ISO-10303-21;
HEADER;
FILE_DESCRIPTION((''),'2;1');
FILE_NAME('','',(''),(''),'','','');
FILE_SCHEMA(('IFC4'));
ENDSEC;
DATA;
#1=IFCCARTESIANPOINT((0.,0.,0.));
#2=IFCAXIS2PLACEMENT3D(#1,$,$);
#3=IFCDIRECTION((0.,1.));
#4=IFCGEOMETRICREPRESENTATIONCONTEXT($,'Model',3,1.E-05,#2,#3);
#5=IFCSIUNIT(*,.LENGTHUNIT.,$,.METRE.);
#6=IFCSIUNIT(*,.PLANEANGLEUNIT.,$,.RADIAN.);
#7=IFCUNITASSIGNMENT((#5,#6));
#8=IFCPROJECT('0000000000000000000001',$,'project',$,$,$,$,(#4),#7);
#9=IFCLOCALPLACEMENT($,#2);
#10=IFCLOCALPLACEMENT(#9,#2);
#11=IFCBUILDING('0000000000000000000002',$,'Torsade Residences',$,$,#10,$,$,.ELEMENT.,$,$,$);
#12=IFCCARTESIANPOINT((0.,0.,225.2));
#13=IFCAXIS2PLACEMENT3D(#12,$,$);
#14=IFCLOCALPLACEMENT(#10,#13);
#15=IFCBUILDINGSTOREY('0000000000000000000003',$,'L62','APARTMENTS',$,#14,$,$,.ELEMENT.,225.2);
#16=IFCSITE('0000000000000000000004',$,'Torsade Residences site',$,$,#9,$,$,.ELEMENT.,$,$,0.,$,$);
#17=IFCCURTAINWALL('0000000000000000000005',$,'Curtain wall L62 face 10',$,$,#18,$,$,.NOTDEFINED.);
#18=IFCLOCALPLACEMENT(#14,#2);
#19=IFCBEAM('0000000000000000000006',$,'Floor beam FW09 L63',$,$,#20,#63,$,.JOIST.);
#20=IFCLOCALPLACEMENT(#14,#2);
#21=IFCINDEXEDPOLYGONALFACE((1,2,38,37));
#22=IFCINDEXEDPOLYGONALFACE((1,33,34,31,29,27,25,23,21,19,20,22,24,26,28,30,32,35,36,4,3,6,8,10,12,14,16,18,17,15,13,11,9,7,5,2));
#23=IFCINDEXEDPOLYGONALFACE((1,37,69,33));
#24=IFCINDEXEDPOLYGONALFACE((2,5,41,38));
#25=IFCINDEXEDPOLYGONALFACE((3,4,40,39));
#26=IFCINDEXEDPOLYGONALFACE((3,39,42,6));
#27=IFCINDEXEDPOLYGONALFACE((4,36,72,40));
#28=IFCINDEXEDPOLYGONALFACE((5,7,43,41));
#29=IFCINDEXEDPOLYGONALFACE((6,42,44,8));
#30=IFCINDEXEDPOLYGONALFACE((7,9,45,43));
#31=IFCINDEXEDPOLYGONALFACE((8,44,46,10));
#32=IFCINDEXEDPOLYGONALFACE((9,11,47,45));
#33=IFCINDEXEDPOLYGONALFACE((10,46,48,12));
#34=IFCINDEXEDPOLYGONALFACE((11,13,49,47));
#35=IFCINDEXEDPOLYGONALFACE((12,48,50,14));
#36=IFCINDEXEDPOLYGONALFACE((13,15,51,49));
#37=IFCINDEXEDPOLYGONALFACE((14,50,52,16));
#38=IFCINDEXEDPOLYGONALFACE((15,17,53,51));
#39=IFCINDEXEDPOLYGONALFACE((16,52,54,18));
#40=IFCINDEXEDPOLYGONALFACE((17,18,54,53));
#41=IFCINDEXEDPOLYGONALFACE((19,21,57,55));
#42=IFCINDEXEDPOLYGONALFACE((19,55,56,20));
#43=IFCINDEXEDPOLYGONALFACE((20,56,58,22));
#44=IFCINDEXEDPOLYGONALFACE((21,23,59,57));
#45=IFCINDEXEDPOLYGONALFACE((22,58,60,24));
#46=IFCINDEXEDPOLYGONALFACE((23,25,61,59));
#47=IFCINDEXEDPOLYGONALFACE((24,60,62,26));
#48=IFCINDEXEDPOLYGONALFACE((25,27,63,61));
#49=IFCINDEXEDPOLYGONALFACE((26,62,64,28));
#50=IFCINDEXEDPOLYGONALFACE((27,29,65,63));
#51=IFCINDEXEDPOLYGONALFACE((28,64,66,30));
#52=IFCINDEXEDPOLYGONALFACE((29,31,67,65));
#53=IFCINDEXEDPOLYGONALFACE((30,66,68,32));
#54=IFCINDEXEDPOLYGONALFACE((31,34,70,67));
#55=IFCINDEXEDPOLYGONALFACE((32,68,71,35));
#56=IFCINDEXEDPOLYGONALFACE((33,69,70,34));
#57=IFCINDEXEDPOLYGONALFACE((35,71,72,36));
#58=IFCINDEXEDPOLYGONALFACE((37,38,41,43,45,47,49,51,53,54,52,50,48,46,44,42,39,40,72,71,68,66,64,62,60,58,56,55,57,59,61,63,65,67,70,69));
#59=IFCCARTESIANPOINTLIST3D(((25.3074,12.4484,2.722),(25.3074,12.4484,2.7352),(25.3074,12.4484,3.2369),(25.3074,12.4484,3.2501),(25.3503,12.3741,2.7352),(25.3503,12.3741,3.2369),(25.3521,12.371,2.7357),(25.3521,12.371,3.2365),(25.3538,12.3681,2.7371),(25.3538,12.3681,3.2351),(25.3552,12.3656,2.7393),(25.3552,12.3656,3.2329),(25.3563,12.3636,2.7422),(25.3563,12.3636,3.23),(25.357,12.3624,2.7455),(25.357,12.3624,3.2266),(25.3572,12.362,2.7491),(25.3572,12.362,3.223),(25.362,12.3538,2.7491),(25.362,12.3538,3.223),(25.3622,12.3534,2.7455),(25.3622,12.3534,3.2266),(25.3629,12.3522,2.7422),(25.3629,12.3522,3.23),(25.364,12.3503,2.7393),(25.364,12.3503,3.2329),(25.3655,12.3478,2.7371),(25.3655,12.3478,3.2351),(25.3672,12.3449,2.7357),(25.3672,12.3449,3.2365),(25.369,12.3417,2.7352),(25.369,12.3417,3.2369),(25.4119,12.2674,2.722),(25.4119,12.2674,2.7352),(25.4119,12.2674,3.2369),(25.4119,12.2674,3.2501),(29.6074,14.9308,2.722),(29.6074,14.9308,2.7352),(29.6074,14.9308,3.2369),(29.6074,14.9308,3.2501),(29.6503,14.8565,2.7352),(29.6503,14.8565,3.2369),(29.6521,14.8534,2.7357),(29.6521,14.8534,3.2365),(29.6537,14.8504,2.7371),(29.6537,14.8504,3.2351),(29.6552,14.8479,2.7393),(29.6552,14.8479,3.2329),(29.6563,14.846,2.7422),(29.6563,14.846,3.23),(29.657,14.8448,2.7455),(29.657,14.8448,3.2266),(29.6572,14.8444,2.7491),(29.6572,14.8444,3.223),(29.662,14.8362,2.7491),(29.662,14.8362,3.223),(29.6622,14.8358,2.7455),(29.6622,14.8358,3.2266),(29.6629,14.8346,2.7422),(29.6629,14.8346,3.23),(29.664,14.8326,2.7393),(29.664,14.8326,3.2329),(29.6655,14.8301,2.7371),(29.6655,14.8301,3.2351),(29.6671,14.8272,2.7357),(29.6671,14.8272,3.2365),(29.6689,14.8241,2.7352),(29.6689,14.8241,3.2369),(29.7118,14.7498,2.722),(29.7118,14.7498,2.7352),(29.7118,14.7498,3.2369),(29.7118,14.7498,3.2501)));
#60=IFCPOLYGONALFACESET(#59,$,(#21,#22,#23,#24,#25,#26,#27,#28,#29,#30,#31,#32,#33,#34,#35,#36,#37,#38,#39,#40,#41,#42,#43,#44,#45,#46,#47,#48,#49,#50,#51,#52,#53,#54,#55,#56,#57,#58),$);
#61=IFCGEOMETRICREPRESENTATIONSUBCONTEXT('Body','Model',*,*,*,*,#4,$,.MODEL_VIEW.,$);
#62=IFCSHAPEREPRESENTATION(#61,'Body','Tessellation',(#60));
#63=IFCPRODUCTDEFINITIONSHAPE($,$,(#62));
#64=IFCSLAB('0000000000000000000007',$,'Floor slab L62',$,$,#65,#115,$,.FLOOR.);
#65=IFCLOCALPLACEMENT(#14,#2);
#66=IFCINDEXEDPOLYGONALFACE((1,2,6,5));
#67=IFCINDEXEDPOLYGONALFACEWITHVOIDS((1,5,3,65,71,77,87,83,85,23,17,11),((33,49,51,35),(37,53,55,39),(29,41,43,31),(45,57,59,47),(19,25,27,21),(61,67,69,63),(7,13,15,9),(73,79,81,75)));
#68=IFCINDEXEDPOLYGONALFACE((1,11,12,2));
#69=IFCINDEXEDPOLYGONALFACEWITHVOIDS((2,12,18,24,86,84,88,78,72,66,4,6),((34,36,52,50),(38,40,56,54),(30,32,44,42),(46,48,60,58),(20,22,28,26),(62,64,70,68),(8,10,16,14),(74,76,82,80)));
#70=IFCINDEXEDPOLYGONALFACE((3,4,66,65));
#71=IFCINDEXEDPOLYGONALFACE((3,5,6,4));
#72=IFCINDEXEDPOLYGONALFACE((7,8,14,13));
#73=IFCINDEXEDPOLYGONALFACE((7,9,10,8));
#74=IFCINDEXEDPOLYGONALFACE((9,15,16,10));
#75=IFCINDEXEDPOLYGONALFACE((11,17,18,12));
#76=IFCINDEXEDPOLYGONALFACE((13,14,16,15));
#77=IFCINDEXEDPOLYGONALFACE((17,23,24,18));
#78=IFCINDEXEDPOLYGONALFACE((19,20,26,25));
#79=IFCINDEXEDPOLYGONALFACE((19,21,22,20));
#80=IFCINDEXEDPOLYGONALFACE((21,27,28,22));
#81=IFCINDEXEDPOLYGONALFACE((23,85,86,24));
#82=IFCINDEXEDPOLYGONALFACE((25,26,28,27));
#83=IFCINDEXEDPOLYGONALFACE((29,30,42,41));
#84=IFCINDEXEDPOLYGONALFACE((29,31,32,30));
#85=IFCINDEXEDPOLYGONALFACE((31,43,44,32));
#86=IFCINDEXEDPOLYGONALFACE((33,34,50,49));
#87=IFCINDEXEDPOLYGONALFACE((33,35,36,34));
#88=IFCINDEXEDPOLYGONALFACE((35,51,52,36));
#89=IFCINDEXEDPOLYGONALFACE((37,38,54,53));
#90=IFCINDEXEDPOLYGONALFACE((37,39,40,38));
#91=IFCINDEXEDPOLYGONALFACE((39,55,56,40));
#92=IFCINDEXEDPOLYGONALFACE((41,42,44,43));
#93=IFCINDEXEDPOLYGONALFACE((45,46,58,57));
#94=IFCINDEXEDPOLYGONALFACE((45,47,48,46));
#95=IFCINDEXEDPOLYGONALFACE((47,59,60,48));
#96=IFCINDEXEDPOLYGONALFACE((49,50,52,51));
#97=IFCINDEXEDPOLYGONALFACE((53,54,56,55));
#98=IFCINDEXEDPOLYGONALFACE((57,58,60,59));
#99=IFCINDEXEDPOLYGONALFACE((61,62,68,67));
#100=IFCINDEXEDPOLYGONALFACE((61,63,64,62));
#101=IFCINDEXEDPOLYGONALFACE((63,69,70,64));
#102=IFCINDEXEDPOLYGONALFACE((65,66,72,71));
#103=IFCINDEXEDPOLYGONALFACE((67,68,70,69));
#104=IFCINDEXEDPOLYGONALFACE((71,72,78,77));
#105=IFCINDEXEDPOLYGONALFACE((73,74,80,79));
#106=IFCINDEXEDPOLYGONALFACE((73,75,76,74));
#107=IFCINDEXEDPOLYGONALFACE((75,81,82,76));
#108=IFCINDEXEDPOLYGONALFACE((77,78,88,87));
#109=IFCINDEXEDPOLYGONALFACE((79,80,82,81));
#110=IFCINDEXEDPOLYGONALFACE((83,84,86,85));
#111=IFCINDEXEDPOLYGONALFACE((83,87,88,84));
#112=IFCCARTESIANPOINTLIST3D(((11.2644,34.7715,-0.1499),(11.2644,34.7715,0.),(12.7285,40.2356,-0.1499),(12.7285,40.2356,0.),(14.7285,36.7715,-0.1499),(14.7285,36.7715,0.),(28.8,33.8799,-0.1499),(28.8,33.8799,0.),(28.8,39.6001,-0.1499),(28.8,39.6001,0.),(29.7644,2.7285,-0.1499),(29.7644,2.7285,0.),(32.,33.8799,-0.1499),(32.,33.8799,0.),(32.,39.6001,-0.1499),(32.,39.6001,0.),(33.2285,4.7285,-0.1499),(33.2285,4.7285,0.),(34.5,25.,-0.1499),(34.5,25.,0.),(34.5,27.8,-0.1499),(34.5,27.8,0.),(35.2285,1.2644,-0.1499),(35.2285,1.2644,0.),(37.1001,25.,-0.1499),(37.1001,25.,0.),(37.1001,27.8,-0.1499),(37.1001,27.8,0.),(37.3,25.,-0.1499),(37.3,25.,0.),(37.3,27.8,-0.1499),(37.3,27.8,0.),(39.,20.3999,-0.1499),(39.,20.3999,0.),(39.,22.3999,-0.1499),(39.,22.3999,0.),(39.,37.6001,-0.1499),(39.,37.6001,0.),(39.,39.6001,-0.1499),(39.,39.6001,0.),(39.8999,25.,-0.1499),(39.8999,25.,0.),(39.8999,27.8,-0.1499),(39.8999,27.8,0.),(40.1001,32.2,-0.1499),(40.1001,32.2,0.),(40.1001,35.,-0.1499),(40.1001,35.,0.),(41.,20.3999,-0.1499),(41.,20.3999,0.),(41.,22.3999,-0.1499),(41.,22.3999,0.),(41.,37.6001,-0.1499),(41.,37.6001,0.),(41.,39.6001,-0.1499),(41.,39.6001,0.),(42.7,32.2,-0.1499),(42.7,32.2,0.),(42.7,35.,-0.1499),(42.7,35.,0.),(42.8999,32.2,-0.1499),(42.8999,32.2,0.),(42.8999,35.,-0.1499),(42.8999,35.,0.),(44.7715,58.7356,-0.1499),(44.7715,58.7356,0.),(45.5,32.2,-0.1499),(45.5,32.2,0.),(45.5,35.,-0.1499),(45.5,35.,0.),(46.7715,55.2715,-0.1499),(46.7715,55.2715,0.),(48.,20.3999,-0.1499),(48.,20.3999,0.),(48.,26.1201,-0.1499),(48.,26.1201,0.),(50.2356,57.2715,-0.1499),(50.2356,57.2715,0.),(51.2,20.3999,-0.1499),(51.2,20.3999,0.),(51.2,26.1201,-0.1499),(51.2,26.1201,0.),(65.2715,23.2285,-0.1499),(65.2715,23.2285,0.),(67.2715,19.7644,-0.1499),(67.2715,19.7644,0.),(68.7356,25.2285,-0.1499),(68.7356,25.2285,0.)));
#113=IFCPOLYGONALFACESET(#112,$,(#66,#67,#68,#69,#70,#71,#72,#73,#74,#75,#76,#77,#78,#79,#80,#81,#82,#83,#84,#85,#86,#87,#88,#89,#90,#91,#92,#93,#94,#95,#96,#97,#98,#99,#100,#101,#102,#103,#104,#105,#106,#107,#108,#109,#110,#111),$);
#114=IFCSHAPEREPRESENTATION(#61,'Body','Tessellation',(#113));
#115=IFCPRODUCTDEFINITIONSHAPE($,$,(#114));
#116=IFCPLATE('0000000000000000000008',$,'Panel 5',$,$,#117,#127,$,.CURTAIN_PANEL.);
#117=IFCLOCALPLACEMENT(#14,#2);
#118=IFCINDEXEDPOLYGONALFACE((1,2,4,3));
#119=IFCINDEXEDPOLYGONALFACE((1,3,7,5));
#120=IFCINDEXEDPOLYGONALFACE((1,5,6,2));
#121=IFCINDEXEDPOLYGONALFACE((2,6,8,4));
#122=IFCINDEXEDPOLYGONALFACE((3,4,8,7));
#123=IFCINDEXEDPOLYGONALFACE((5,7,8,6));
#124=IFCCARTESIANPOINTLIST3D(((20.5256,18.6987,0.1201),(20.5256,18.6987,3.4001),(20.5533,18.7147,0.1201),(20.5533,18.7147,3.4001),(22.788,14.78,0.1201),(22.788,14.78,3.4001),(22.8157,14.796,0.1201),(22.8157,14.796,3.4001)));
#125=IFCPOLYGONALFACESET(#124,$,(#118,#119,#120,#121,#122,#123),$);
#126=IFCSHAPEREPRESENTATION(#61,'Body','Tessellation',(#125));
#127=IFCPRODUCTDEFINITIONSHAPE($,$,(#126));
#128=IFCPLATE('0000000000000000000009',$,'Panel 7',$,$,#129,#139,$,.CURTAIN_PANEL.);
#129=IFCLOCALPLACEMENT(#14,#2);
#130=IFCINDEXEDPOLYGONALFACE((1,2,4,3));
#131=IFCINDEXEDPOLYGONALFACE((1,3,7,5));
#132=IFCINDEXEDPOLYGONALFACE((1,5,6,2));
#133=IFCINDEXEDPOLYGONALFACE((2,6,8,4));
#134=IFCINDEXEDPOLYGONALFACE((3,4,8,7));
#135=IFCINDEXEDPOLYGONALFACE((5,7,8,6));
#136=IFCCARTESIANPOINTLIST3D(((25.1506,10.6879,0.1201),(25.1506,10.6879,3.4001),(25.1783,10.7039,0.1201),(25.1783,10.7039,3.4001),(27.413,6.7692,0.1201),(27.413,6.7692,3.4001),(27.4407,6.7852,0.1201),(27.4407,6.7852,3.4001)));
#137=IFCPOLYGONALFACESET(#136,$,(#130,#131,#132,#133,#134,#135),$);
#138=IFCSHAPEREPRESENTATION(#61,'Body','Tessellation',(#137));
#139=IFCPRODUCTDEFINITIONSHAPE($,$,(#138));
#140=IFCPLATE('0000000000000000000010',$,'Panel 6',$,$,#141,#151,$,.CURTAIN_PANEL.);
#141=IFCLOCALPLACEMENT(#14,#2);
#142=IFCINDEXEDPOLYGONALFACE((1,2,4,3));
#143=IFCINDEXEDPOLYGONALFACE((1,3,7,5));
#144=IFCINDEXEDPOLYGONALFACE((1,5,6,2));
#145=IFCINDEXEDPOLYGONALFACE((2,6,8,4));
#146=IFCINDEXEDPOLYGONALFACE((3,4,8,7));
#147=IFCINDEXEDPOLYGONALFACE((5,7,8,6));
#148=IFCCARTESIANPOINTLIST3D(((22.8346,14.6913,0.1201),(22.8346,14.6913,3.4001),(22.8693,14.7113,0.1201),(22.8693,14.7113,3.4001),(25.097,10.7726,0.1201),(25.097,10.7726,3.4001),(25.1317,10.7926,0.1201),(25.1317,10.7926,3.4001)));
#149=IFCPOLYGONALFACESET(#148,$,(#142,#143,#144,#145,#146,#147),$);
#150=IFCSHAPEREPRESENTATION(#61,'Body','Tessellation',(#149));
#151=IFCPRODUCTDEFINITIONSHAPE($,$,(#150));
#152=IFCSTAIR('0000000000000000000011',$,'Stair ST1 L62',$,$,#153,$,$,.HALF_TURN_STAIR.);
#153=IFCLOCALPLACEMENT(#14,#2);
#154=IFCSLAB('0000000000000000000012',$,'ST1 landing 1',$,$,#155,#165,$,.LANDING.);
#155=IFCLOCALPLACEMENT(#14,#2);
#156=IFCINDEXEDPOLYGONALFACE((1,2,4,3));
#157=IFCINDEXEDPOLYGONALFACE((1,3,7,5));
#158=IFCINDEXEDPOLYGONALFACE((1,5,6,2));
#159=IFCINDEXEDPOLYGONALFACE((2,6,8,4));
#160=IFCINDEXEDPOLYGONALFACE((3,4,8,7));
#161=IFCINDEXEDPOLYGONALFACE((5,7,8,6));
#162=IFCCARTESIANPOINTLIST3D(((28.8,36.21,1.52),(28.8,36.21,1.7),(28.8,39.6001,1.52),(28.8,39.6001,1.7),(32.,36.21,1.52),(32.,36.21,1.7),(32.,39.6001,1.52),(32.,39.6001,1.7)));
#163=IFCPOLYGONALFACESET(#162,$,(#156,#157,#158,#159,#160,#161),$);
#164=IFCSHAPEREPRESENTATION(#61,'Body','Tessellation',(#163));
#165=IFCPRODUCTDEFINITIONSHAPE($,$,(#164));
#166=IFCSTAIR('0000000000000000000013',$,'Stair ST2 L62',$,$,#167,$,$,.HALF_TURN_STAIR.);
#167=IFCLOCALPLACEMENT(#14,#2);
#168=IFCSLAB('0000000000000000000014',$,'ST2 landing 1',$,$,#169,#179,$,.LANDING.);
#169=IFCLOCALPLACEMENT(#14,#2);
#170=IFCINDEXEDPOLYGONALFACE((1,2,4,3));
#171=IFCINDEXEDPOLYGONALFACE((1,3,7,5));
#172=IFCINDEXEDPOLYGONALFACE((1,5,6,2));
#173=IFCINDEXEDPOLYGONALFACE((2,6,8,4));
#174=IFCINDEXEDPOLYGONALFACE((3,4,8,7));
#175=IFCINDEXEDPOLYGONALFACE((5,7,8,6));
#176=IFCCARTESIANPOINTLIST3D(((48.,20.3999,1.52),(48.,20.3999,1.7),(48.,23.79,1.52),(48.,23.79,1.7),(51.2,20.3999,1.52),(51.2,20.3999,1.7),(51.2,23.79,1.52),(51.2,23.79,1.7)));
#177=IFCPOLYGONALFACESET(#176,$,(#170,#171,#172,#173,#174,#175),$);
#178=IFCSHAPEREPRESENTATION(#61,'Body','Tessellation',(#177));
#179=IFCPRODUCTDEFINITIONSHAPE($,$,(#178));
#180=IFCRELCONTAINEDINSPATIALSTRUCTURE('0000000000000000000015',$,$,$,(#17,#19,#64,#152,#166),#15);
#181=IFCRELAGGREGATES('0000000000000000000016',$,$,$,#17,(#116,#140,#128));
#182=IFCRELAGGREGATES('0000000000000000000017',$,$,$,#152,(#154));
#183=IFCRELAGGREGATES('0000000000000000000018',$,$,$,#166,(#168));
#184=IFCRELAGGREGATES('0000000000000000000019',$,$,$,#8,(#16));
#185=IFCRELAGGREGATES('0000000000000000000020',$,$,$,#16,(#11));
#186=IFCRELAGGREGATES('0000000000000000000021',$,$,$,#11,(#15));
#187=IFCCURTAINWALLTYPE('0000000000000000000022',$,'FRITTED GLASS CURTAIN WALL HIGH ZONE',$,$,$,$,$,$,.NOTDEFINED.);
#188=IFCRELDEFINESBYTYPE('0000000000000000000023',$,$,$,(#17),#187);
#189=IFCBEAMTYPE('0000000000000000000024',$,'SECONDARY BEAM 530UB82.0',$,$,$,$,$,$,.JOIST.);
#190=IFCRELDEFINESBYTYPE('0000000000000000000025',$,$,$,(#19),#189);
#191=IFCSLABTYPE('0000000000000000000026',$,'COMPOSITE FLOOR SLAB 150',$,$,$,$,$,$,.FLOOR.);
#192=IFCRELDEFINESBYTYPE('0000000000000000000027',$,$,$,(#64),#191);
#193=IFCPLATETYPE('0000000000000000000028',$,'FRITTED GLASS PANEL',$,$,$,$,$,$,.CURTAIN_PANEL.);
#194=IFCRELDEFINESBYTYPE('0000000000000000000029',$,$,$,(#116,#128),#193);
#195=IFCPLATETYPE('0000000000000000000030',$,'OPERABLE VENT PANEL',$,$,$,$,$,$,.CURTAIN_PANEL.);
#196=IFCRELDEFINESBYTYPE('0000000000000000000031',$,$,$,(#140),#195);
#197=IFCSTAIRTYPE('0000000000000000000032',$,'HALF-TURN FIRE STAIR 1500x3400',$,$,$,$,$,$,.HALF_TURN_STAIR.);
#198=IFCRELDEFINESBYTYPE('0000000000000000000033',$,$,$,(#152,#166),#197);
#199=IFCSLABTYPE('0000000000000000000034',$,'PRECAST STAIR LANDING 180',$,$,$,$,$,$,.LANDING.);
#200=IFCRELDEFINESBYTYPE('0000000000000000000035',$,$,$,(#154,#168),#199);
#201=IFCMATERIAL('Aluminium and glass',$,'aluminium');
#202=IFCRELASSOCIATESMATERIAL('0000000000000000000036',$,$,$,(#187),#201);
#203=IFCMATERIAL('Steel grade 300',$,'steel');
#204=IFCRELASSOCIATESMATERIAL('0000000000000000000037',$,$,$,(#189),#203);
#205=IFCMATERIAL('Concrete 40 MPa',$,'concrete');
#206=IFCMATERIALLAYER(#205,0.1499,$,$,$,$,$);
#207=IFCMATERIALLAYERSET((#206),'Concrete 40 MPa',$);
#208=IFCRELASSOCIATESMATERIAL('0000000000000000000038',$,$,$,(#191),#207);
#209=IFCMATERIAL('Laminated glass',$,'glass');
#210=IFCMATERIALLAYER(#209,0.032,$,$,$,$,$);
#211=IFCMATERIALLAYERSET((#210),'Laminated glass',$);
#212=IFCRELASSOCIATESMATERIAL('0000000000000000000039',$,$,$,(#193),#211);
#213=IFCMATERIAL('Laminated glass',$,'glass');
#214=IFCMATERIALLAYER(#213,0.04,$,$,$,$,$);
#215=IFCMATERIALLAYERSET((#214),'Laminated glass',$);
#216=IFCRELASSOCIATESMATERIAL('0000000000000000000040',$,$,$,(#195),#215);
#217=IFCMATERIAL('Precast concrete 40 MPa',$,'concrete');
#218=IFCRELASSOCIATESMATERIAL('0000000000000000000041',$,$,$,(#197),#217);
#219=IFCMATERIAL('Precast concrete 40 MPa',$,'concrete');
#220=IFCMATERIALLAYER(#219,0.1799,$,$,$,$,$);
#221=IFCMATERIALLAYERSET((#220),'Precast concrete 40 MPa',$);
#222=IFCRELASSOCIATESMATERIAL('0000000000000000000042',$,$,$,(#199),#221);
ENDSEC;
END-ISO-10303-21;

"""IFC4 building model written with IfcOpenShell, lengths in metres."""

from ifc_helpers import new_model, si_unit, direction, frame, origin, origin_2d, place, context, subcontext, project, spatial, polyline, rectangle, i_section, outline, extrude, material, layer, layer_set, material_profile, profile_set, type_object, element, aggregate, save


model = new_model("IFC4")

# Units and contexts
model_context = context("Model", 3, precision=1e-05, world=origin(), true_north=direction((0.0, 1.0)))
body_context = subcontext(model_context, "Body", "Model", "MODEL_VIEW")
ifc_project = project(units=[si_unit("LENGTHUNIT", "METRE"), si_unit("PLANEANGLEUNIT", "RADIAN")], contexts=[model_context])

# Site, building, storey
site_placement = place(None, origin())
site = spatial("IfcSite", under=ifc_project, at=site_placement, Name="Torsade Residences site", CompositionType="ELEMENT", RefElevation=0.0)
building_placement = place(site_placement, origin())
building = spatial("IfcBuilding", under=site, at=building_placement, Name="Torsade Residences", CompositionType="ELEMENT")
storey_placement = place(building_placement, frame((0.0, 0.0, 225.2)))
storey = spatial("IfcBuildingStorey", under=building, at=storey_placement, Name="L62", Description="APARTMENTS", CompositionType="ELEMENT", Elevation=225.2)

# Curtain wall
ifc_material_1 = material(Name="Aluminium and glass", Category="aluminium")
curtain_wall_type = type_object("IfcCurtainWallType", Name="FRITTED GLASS CURTAIN WALL HIGH ZONE", PredefinedType="NOTDEFINED", material=ifc_material_1)
curtain_wall_placement = place(storey_placement, origin())
curtain_wall = element("IfcCurtainWall", 1, at=curtain_wall_placement, inside=storey, type_object=curtain_wall_type, Name="Curtain wall L62 face 10", PredefinedType="NOTDEFINED")

# Beam
ifc_material_2 = material(Name="Steel grade 300", Category="steel")
ifc_material_profile_1 = material_profile(ifc_material_2, i_section(OverallWidth=0.209, OverallDepth=0.5281, WebThickness=0.0095, FlangeThickness=0.0132, FilletRadius=0.0139, at=origin_2d()), Name="530UB82.0")
ifc_profile_set_1 = profile_set([ifc_material_profile_1], Name="Steel grade 300")
beam_type = type_object("IfcBeamType", Name="SECONDARY BEAM 530UB82.0", PredefinedType="JOIST", material=ifc_profile_set_1)
beam_1_placement = place(storey_placement, frame((25.3596, 12.3579, 2.9861), z_axis=(0.866044, 0.499968, 0.0), x_axis=(-0.499968, 0.866044, 0.0)))
element("IfcBeam", 2, at=beam_1_placement, inside=storey, type_object=beam_type, Name="Floor beam FW09 L63", PredefinedType="JOIST", context=body_context, shape_type="SweptSolid", body=[
    extrude(i_section(OverallWidth=0.209, OverallDepth=0.5281, WebThickness=0.0095, FlangeThickness=0.0132, FilletRadius=0.0139, at=origin_2d()), origin(), (0.0, 0.0, 1.0), 4.9651),
])

# Slab
ifc_material_3 = material(Name="Concrete 40 MPa", Category="concrete")
ifc_layer_1 = layer(ifc_material_3, 0.1499)
ifc_layer_set_1 = layer_set([ifc_layer_1], Name="Concrete 40 MPa")
slab_type_1 = type_object("IfcSlabType", Name="COMPOSITE FLOOR SLAB 150", PredefinedType="FLOOR", material=ifc_layer_set_1)
slab_1_placement = place(storey_placement, frame((0.0, 0.0, -0.1499)))
element("IfcSlab", 3, at=slab_1_placement, inside=storey, type_object=slab_type_1, Name="Floor slab L62", PredefinedType="FLOOR", context=body_context, shape_type="SweptSolid", body=[
    extrude(outline(polyline([(35.2285, 1.2644), (67.2715, 19.7644), (65.2715, 23.2285), (68.7356, 25.2285), (50.2356, 57.2715), (46.7715, 55.2715), (44.7715, 58.7356), (12.7285, 40.2356), (14.7285, 36.7715), (11.2644, 34.7715), (29.7644, 2.7285), (33.2285, 4.7285), (35.2285, 1.2644)]), holes=[polyline([(51.2, 26.1201), (48.0, 26.1201), (48.0, 20.3999), (51.2, 20.3999), (51.2, 26.1201)]), polyline([(45.5, 35.0), (42.8999, 35.0), (42.8999, 32.2), (45.5, 32.2), (45.5, 35.0)]), polyline([(42.7, 35.0), (40.1001, 35.0), (40.1001, 32.2), (42.7, 32.2), (42.7, 35.0)]), polyline([(41.0, 22.3999), (39.0, 22.3999), (39.0, 20.3999), (41.0, 20.3999), (41.0, 22.3999)]), polyline([(41.0, 39.6001), (39.0, 39.6001), (39.0, 37.6001), (41.0, 37.6001), (41.0, 39.6001)]), polyline([(39.8999, 27.8), (37.3, 27.8), (37.3, 25.0), (39.8999, 25.0), (39.8999, 27.8)]), polyline([(37.1001, 27.8), (34.5, 27.8), (34.5, 25.0), (37.1001, 25.0), (37.1001, 27.8)]), polyline([(32.0, 39.6001), (28.8, 39.6001), (28.8, 33.8799), (32.0, 33.8799), (32.0, 39.6001)])]), origin(), (0.0, 0.0, 1.0), 0.1499),
])

# Plates
ifc_material_4 = material(Name="Laminated glass", Category="glass")
ifc_layer_2 = layer(ifc_material_4, 0.032)
ifc_layer_set_2 = layer_set([ifc_layer_2], Name="Laminated glass")
plate_type_1 = type_object("IfcPlateType", Name="FRITTED GLASS PANEL", PredefinedType="CURTAIN_PANEL", material=ifc_layer_set_2)
plate_1_placement = place(storey_placement, frame((21.6707, 16.7473, 0.1201), z_axis=(0.0, 0.0, 1.0), x_axis=(0.5, -0.866025, 0.0)))
plate_1 = element("IfcPlate", 4, at=plate_1_placement, type_object=plate_type_1, Name="Panel 5", PredefinedType="CURTAIN_PANEL", context=body_context, shape_type="SweptSolid", body=[
    extrude(rectangle(XDim=4.5249, YDim=0.032, at=origin_2d()), origin(), (0.0, 0.0, 1.0), 3.28),
])
plate_2_placement = place(storey_placement, frame((26.2957, 8.7366, 0.1201), z_axis=(0.0, 0.0, 1.0), x_axis=(0.5, -0.866025, 0.0)))
plate_2 = element("IfcPlate", 5, at=plate_2_placement, type_object=plate_type_1, Name="Panel 7", PredefinedType="CURTAIN_PANEL", context=body_context, shape_type="SweptSolid", body=[
    extrude(rectangle(XDim=4.5249, YDim=0.032, at=origin_2d()), origin(), (0.0, 0.0, 1.0), 3.28),
])
ifc_material_5 = material(Name="Laminated glass", Category="glass")
ifc_layer_3 = layer(ifc_material_5, 0.04)
ifc_layer_set_3 = layer_set([ifc_layer_3], Name="Laminated glass")
plate_type_2 = type_object("IfcPlateType", Name="OPERABLE VENT PANEL", PredefinedType="CURTAIN_PANEL", material=ifc_layer_set_3)
plate_3_placement = place(storey_placement, frame((23.9832, 12.7419, 0.1201), z_axis=(0.0, 0.0, 1.0), x_axis=(0.5, -0.866025, 0.0)))
plate_3 = element("IfcPlate", 6, at=plate_3_placement, type_object=plate_type_2, Name="Panel 6", PredefinedType="CURTAIN_PANEL", context=body_context, shape_type="SweptSolid", body=[
    extrude(rectangle(XDim=4.5249, YDim=0.04, at=origin_2d()), origin(), (0.0, 0.0, 1.0), 3.28),
])
aggregate(curtain_wall, [plate_1, plate_3, plate_2])

# Stairs, slabs
ifc_material_6 = material(Name="Precast concrete 40 MPa", Category="concrete")
stair_type = type_object("IfcStairType", Name="HALF-TURN FIRE STAIR 1500x3400", PredefinedType="HALF_TURN_STAIR", material=ifc_material_6)
stair_1_placement = place(storey_placement, origin())
stair_1 = element("IfcStair", 7, at=stair_1_placement, inside=storey, type_object=stair_type, Name="Stair ST1 L62", PredefinedType="HALF_TURN_STAIR")
ifc_material_7 = material(Name="Precast concrete 40 MPa", Category="concrete")
ifc_layer_4 = layer(ifc_material_7, 0.1799)
ifc_layer_set_4 = layer_set([ifc_layer_4], Name="Precast concrete 40 MPa")
slab_type_2 = type_object("IfcSlabType", Name="PRECAST STAIR LANDING 180", PredefinedType="LANDING", material=ifc_layer_set_4)
slab_2_placement = place(storey_placement, frame((0.0, 0.0, 1.52)))
slab_2 = element("IfcSlab", 8, at=slab_2_placement, type_object=slab_type_2, Name="ST1 landing 1", PredefinedType="LANDING", context=body_context, shape_type="SweptSolid", body=[
    extrude(outline(polyline([(28.8, 36.21), (32.0, 36.21), (32.0, 39.6001), (28.8, 39.6001), (28.8, 36.21)])), origin(), (0.0, 0.0, 1.0), 0.1799),
])
aggregate(stair_1, [slab_2])
stair_2_placement = place(storey_placement, origin())
stair_2 = element("IfcStair", 9, at=stair_2_placement, inside=storey, type_object=stair_type, Name="Stair ST2 L62", PredefinedType="HALF_TURN_STAIR")
slab_3_placement = place(storey_placement, frame((0.0, 0.0, 1.52)))
slab_3 = element("IfcSlab", 10, at=slab_3_placement, type_object=slab_type_2, Name="ST2 landing 1", PredefinedType="LANDING", context=body_context, shape_type="SweptSolid", body=[
    extrude(outline(polyline([(48.0, 20.3999), (51.2, 20.3999), (51.2, 23.79), (48.0, 23.79), (48.0, 20.3999)])), origin(), (0.0, 0.0, 1.0), 0.1799),
])
aggregate(stair_2, [slab_3])

save(model, "model.ifc")
